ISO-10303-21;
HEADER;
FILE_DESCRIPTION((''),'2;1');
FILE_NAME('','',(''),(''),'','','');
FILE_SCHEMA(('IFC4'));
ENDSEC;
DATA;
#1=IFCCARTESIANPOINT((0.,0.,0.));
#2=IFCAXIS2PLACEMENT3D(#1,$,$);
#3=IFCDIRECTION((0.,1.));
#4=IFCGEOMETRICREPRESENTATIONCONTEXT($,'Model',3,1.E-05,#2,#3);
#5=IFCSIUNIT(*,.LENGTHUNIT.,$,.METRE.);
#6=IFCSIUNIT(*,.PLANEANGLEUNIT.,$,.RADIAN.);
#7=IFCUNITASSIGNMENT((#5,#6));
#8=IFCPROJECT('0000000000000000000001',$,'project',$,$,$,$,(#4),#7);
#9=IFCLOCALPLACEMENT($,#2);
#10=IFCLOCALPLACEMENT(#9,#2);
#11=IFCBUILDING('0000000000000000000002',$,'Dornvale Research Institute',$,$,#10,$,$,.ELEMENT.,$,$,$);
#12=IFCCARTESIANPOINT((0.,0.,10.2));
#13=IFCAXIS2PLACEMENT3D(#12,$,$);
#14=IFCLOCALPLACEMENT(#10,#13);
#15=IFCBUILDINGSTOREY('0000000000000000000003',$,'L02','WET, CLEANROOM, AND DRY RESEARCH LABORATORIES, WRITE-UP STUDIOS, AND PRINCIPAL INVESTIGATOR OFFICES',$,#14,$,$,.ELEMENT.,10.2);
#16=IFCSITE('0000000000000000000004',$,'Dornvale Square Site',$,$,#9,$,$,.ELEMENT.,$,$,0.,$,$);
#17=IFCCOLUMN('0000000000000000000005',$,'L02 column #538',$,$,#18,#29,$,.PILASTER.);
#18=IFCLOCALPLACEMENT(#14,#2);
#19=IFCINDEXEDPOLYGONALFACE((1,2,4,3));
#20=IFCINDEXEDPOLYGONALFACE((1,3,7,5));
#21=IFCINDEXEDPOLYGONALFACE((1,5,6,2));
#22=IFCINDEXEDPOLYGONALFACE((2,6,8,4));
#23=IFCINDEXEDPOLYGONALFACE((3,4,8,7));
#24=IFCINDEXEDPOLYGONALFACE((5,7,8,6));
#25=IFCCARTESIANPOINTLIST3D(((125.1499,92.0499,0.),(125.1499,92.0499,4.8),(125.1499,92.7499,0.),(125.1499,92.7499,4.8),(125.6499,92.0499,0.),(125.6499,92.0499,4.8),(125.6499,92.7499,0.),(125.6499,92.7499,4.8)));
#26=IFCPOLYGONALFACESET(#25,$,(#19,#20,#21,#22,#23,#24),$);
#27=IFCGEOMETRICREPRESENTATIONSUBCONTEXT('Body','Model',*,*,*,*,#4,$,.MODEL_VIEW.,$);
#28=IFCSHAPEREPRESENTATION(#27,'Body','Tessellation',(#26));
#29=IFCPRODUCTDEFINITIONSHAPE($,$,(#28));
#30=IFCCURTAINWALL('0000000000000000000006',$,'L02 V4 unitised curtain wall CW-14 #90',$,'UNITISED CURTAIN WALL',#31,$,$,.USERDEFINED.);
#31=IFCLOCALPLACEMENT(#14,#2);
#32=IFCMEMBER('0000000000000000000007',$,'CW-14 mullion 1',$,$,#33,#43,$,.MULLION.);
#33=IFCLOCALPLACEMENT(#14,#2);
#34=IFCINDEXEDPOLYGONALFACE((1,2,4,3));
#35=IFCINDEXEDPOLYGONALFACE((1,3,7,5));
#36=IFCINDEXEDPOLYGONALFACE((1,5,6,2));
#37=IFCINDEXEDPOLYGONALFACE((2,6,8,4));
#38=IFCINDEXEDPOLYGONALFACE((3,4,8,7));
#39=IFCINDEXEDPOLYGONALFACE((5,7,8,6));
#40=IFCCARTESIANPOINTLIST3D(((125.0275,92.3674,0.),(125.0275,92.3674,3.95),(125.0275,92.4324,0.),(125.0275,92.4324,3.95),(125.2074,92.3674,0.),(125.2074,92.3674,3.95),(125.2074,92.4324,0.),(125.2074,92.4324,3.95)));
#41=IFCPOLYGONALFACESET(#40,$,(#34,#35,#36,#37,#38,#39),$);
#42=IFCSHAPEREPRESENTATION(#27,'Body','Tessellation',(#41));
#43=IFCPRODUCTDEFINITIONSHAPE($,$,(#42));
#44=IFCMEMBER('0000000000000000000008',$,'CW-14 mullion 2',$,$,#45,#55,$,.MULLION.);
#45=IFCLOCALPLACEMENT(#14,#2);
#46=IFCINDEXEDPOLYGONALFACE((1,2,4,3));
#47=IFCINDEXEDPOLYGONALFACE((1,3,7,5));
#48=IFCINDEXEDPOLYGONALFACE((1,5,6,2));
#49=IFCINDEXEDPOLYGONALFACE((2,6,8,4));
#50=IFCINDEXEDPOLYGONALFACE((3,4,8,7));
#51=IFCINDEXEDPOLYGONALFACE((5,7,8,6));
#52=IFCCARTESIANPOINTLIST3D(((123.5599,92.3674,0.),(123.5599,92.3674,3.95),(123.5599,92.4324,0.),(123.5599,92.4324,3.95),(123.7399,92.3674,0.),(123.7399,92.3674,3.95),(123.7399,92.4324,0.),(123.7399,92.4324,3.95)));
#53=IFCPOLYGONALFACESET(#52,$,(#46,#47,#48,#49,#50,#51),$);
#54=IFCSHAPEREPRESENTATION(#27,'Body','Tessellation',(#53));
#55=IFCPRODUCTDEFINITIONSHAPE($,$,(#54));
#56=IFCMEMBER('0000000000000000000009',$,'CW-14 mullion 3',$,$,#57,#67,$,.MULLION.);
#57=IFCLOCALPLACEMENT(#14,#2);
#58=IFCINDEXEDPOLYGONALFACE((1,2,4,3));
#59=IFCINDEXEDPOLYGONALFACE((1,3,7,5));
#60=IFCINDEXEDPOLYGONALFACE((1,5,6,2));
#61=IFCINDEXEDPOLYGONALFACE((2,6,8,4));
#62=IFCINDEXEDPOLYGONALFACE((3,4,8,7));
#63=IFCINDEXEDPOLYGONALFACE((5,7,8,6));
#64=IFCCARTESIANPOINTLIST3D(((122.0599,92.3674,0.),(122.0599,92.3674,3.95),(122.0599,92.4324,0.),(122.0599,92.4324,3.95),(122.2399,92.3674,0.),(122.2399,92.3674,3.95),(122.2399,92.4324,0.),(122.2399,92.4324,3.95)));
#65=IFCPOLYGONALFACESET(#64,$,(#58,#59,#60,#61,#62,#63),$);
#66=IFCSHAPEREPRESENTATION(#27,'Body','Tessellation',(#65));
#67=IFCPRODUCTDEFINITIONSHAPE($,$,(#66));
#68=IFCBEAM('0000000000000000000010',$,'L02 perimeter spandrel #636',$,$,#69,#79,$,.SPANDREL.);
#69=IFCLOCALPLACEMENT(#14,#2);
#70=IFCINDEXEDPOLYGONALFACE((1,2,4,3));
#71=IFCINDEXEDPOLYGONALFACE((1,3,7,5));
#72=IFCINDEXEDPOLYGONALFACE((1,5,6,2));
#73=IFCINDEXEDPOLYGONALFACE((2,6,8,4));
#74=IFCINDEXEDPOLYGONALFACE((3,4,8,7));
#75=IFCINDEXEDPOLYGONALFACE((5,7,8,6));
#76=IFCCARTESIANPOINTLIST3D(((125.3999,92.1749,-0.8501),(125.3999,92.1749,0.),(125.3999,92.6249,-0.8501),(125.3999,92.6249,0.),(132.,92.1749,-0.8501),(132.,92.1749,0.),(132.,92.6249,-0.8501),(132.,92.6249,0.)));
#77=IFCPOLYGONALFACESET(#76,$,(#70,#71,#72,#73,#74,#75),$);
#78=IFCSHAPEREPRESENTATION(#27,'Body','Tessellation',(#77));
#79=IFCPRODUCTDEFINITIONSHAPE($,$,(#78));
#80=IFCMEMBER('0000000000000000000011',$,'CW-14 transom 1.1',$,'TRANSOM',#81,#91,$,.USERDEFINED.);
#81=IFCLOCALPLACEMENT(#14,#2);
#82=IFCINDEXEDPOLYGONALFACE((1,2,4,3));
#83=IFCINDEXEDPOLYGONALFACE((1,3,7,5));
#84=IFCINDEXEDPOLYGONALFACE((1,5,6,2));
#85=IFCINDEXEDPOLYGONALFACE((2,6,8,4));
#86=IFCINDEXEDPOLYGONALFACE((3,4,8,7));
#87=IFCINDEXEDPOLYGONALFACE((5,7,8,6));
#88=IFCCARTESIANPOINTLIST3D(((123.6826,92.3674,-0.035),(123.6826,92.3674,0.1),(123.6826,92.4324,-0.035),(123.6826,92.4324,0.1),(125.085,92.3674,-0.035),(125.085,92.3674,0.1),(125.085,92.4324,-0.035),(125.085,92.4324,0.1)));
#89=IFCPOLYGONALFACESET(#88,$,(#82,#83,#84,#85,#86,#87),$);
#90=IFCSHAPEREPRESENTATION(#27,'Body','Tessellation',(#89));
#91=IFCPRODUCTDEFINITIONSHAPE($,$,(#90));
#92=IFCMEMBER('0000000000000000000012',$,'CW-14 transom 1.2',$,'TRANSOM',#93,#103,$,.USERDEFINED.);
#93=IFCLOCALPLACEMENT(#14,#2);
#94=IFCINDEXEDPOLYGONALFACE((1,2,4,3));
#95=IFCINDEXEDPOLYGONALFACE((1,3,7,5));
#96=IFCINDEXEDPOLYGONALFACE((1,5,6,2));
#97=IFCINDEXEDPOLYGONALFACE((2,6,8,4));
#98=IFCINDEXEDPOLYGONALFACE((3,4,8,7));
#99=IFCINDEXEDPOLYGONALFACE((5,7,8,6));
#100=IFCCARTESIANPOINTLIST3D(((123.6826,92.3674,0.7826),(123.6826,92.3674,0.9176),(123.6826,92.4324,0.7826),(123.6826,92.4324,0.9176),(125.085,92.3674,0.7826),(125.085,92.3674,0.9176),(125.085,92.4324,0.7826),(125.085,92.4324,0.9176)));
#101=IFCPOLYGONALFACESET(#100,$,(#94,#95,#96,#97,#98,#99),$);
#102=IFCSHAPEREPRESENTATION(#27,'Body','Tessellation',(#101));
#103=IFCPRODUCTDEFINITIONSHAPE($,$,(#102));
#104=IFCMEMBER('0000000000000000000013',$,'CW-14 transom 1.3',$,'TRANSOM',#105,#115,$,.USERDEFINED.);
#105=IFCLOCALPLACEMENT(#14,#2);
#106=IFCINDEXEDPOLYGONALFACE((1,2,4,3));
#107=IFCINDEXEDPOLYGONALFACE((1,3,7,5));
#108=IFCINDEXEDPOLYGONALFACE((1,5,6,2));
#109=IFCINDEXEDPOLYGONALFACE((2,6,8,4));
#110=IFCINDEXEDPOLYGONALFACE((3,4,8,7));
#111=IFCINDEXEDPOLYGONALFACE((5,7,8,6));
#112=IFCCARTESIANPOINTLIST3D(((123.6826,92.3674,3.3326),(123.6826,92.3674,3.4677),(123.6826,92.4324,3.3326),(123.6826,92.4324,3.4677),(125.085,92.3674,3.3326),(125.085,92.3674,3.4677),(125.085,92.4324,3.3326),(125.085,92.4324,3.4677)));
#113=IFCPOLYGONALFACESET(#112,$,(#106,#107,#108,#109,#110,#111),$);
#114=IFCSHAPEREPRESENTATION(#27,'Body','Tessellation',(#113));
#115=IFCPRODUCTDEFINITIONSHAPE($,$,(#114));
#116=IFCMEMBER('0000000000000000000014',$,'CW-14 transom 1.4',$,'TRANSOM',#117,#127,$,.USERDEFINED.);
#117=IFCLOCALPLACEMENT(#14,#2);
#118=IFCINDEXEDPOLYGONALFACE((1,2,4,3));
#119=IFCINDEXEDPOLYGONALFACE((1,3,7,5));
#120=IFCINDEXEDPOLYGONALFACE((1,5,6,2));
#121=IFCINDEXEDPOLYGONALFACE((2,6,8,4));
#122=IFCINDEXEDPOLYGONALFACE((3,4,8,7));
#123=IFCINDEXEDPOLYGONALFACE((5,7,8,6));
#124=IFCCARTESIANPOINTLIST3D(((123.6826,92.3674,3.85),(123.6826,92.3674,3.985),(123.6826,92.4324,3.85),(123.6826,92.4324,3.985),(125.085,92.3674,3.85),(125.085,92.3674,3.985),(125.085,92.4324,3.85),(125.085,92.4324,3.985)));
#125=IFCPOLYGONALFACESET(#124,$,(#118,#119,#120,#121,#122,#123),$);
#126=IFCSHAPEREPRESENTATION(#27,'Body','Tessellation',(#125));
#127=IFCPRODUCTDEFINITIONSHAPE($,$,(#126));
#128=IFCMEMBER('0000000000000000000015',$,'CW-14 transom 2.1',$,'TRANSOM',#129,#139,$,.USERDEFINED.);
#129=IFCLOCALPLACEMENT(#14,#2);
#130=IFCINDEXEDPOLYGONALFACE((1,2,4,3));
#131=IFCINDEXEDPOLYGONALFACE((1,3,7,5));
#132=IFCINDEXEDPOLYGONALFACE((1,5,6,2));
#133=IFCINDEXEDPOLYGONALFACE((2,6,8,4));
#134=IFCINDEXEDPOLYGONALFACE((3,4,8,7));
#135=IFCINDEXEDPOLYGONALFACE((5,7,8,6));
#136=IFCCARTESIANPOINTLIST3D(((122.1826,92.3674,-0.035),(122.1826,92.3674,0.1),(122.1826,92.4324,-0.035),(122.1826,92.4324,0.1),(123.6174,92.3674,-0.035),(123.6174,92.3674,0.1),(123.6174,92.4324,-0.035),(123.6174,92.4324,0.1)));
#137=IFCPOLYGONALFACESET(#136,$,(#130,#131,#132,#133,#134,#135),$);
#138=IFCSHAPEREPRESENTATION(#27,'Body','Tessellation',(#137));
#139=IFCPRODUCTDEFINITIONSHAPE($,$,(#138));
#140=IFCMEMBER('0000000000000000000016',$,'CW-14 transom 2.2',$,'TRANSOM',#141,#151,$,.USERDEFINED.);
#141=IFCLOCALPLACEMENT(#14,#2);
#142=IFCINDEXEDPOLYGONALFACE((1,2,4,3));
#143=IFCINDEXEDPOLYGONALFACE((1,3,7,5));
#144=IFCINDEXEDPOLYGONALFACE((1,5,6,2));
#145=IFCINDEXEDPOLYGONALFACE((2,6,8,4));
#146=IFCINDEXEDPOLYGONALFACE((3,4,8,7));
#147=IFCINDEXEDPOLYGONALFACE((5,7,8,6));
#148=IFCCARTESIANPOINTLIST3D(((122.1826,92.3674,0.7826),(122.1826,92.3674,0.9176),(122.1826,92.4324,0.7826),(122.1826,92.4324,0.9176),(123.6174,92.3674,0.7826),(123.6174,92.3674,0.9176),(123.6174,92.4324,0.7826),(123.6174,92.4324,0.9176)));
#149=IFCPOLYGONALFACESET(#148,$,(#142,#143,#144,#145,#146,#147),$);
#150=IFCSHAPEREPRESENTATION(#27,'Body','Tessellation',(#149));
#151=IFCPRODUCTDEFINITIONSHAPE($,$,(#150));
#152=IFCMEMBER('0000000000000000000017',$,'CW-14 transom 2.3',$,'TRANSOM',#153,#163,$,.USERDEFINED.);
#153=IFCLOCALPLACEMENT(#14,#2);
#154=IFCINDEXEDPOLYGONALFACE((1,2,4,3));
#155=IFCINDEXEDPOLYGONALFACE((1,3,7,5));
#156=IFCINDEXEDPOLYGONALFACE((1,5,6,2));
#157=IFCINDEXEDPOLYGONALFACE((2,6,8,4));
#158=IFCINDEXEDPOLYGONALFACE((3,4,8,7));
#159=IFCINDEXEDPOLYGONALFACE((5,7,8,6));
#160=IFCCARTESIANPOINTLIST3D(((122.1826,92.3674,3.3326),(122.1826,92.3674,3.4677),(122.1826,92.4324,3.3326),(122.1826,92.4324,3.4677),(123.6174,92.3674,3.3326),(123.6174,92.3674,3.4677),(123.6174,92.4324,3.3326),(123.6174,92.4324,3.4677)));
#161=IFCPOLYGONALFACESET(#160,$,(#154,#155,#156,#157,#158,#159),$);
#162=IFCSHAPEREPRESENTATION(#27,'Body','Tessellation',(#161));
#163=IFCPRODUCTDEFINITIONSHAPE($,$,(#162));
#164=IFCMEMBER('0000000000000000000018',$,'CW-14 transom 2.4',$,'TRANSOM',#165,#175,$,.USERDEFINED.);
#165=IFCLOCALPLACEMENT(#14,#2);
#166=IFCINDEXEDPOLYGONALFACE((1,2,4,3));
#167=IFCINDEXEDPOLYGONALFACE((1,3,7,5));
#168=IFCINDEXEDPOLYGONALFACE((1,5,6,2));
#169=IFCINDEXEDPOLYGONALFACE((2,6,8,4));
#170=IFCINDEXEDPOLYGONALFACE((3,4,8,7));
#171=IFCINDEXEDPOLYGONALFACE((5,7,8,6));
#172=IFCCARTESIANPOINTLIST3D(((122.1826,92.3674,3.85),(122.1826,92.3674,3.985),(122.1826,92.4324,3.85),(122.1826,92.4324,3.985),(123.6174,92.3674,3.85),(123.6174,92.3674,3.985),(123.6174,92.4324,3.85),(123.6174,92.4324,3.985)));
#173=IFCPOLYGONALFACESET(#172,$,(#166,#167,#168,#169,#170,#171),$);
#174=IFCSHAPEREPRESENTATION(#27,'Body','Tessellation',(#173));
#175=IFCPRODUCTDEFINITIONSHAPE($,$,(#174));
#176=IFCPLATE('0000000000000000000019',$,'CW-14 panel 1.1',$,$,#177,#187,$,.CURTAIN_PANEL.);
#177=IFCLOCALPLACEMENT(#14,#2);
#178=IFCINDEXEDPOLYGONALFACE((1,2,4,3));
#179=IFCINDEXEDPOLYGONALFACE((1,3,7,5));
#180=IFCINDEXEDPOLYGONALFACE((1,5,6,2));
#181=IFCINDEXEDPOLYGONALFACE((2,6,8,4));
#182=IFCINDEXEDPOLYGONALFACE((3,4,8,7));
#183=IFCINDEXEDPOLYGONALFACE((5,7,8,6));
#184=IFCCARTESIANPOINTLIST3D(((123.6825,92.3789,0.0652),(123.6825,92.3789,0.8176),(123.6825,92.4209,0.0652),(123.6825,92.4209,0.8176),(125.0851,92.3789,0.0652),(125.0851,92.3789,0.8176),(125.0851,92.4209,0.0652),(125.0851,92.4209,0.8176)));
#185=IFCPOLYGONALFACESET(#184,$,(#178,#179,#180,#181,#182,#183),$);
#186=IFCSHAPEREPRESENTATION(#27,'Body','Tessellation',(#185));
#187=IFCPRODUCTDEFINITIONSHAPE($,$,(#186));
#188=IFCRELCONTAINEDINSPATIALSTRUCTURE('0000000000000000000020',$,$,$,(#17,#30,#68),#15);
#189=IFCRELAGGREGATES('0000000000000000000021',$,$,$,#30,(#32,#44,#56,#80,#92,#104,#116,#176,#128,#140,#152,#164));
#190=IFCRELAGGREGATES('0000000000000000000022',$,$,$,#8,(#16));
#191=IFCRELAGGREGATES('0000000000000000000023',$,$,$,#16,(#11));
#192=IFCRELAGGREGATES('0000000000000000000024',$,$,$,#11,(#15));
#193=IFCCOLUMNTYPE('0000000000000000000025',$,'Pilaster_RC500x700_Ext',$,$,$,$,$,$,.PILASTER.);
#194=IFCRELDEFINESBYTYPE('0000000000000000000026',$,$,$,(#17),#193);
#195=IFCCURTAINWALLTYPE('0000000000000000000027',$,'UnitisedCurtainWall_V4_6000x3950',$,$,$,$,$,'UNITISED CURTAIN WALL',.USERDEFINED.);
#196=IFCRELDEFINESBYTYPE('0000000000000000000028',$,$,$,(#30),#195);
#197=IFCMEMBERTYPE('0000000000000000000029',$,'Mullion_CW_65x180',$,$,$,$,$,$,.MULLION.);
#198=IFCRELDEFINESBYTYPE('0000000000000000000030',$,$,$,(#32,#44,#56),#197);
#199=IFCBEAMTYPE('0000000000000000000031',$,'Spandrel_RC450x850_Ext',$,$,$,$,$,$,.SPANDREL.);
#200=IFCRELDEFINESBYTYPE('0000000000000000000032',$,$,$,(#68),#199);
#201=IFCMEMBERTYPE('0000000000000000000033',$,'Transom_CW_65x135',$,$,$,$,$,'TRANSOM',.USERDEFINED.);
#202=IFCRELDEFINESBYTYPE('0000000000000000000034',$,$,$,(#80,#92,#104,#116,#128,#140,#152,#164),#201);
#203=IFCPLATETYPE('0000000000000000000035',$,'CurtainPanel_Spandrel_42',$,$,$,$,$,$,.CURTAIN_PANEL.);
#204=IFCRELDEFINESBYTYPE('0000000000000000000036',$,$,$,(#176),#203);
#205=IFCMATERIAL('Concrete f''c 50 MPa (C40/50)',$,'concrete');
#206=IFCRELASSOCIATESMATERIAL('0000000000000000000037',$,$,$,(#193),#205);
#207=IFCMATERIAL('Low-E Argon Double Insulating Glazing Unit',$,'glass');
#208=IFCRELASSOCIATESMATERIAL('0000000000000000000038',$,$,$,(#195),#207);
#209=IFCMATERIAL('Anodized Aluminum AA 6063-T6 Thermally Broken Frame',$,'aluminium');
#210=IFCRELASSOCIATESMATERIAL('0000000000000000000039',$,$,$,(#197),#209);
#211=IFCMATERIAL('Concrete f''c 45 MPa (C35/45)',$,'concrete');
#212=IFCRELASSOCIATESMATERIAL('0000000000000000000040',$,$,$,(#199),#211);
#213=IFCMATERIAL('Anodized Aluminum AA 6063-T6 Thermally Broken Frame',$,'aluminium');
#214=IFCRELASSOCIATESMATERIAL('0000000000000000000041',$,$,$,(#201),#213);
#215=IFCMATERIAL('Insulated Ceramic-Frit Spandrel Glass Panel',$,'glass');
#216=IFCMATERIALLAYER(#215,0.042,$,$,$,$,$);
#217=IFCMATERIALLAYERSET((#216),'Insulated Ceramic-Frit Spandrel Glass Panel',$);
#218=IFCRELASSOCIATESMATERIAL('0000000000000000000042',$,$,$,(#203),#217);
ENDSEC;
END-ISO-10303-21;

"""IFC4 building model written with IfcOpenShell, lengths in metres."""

from ifc_helpers import new_model, si_unit, direction, frame, origin, origin_2d, place, context, subcontext, project, spatial, rectangle, extrude, material, layer, layer_set, material_profile, profile_set, type_object, element, aggregate, save


model = new_model("IFC4")

# Units and contexts
model_context = context("Model", 3, precision=1e-05, world=origin(), true_north=direction((0.0, 1.0)))
body_context = subcontext(model_context, "Body", "Model", "MODEL_VIEW")
ifc_project = project(units=[si_unit("LENGTHUNIT", "METRE"), si_unit("PLANEANGLEUNIT", "RADIAN")], contexts=[model_context])

# Site, building, storey
site_placement = place(None, origin())
site = spatial("IfcSite", under=ifc_project, at=site_placement, Name="Dornvale Square Site", CompositionType="ELEMENT", RefElevation=0.0)
building_placement = place(site_placement, origin())
building = spatial("IfcBuilding", under=site, at=building_placement, Name="Dornvale Research Institute", CompositionType="ELEMENT")
storey_placement = place(building_placement, frame((0.0, 0.0, 10.2)))
storey = spatial("IfcBuildingStorey", under=building, at=storey_placement, Name="L02", Description="WET, CLEANROOM, AND DRY RESEARCH LABORATORIES, WRITE-UP STUDIOS, AND PRINCIPAL INVESTIGATOR OFFICES", CompositionType="ELEMENT", Elevation=10.2)

# Column
ifc_material_1 = material(Name="Concrete f'c 50 MPa (C40/50)", Category="concrete")
ifc_material_profile_1 = material_profile(ifc_material_1, rectangle(XDim=0.5, YDim=0.7, at=origin_2d()), Name="RC 500x700")
ifc_profile_set_1 = profile_set([ifc_material_profile_1], Name="Concrete f'c 50 MPa (C40/50)")
column_type = type_object("IfcColumnType", Name="Pilaster_RC500x700_Ext", PredefinedType="PILASTER", material=ifc_profile_set_1)
column_placement = place(storey_placement, frame((125.3999, 92.3999, 0.0), z_axis=(0.0, 0.0, 1.0), x_axis=(1.0, 0.0, 0.0)))
element("IfcColumn", 1, at=column_placement, inside=storey, type_object=column_type, Name="L02 column #538", PredefinedType="PILASTER", context=body_context, shape_type="SweptSolid", body=[
    extrude(rectangle(XDim=0.5, YDim=0.7, at=origin_2d()), origin(), (0.0, 0.0, 1.0), 4.8),
])

# Curtain wall, members
ifc_material_2 = material(Name="Low-E Argon Double Insulating Glazing Unit", Category="glass")
curtain_wall_type = type_object("IfcCurtainWallType", Name="UnitisedCurtainWall_V4_6000x3950", ElementType="UNITISED CURTAIN WALL", PredefinedType="USERDEFINED", material=ifc_material_2)
curtain_wall_placement = place(storey_placement, origin())
curtain_wall = element("IfcCurtainWall", 2, at=curtain_wall_placement, inside=storey, type_object=curtain_wall_type, Name="L02 V4 unitised curtain wall CW-14 #90", ObjectType="UNITISED CURTAIN WALL", PredefinedType="USERDEFINED")
ifc_material_3 = material(Name="Anodized Aluminum AA 6063-T6 Thermally Broken Frame", Category="aluminium")
ifc_material_profile_2 = material_profile(ifc_material_3, rectangle(XDim=0.0649, YDim=0.1799, at=origin_2d()), Name="ALU MULLION 65x180")
ifc_profile_set_2 = profile_set([ifc_material_profile_2], Name="Anodized Aluminum AA 6063-T6 Thermally Broken Frame")
member_type_1 = type_object("IfcMemberType", Name="Mullion_CW_65x180", PredefinedType="MULLION", material=ifc_profile_set_2)
member_1_placement = place(storey_placement, frame((125.1174, 92.3999, 0.0), z_axis=(0.0, 0.0, 1.0), x_axis=(0.0, -1.0, 0.0)))
member_1 = element("IfcMember", 3, at=member_1_placement, type_object=member_type_1, Name="CW-14 mullion 1", PredefinedType="MULLION", context=body_context, shape_type="SweptSolid", body=[
    extrude(rectangle(XDim=0.0649, YDim=0.1799, at=origin_2d()), origin(), (0.0, 0.0, 1.0), 3.95),
])
member_2_placement = place(storey_placement, frame((123.6499, 92.3999, 0.0), z_axis=(0.0, 0.0, 1.0), x_axis=(0.0, -1.0, 0.0)))
member_2 = element("IfcMember", 4, at=member_2_placement, type_object=member_type_1, Name="CW-14 mullion 2", PredefinedType="MULLION", context=body_context, shape_type="SweptSolid", body=[
    extrude(rectangle(XDim=0.0649, YDim=0.1799, at=origin_2d()), origin(), (0.0, 0.0, 1.0), 3.95),
])
member_3_placement = place(storey_placement, frame((122.1499, 92.3999, 0.0), z_axis=(0.0, 0.0, 1.0), x_axis=(0.0, -1.0, 0.0)))
member_3 = element("IfcMember", 5, at=member_3_placement, type_object=member_type_1, Name="CW-14 mullion 3", PredefinedType="MULLION", context=body_context, shape_type="SweptSolid", body=[
    extrude(rectangle(XDim=0.0649, YDim=0.1799, at=origin_2d()), origin(), (0.0, 0.0, 1.0), 3.95),
])

# Beam
ifc_material_4 = material(Name="Concrete f'c 45 MPa (C35/45)", Category="concrete")
ifc_material_profile_3 = material_profile(ifc_material_4, rectangle(XDim=0.45, YDim=0.8501, at=origin_2d()), Name="RC 450x850")
ifc_profile_set_3 = profile_set([ifc_material_profile_3], Name="Concrete f'c 45 MPa (C35/45)")
beam_type = type_object("IfcBeamType", Name="Spandrel_RC450x850_Ext", PredefinedType="SPANDREL", material=ifc_profile_set_3)
beam_placement = place(storey_placement, frame((125.3999, 92.3999, -0.425), z_axis=(1.0, 0.0, 0.0), x_axis=(0.0, 1.0, 0.0)))
element("IfcBeam", 6, at=beam_placement, inside=storey, type_object=beam_type, Name="L02 perimeter spandrel #636", PredefinedType="SPANDREL", context=body_context, shape_type="SweptSolid", body=[
    extrude(rectangle(XDim=0.45, YDim=0.8501, at=origin_2d()), origin(), (0.0, 0.0, 1.0), 6.6001),
])

# Members
ifc_material_5 = material(Name="Anodized Aluminum AA 6063-T6 Thermally Broken Frame", Category="aluminium")
ifc_material_profile_4 = material_profile(ifc_material_5, rectangle(XDim=0.0649, YDim=0.135, at=origin_2d()), Name="ALU TRANSOM 65x135")
ifc_profile_set_4 = profile_set([ifc_material_profile_4], Name="Anodized Aluminum AA 6063-T6 Thermally Broken Frame")
member_type_2 = type_object("IfcMemberType", Name="Transom_CW_65x135", ElementType="TRANSOM", PredefinedType="USERDEFINED", material=ifc_profile_set_4)
member_4_placement = place(storey_placement, frame((125.085, 92.3999, 0.0325), z_axis=(-1.0, 0.0, 0.0), x_axis=(0.0, -1.0, 0.0)))
member_4 = element("IfcMember", 7, at=member_4_placement, type_object=member_type_2, Name="CW-14 transom 1.1", ObjectType="TRANSOM", PredefinedType="USERDEFINED", context=body_context, shape_type="SweptSolid", body=[
    extrude(rectangle(XDim=0.0649, YDim=0.135, at=origin_2d()), origin(), (0.0, 0.0, 1.0), 1.4023),
])
member_5_placement = place(storey_placement, frame((125.085, 92.3999, 0.8501), z_axis=(-1.0, 0.0, 0.0), x_axis=(0.0, -1.0, 0.0)))
member_5 = element("IfcMember", 8, at=member_5_placement, type_object=member_type_2, Name="CW-14 transom 1.2", ObjectType="TRANSOM", PredefinedType="USERDEFINED", context=body_context, shape_type="SweptSolid", body=[
    extrude(rectangle(XDim=0.0649, YDim=0.135, at=origin_2d()), origin(), (0.0, 0.0, 1.0), 1.4023),
])
member_6_placement = place(storey_placement, frame((125.085, 92.3999, 3.4001), z_axis=(-1.0, 0.0, 0.0), x_axis=(0.0, -1.0, 0.0)))
member_6 = element("IfcMember", 9, at=member_6_placement, type_object=member_type_2, Name="CW-14 transom 1.3", ObjectType="TRANSOM", PredefinedType="USERDEFINED", context=body_context, shape_type="SweptSolid", body=[
    extrude(rectangle(XDim=0.0649, YDim=0.135, at=origin_2d()), origin(), (0.0, 0.0, 1.0), 1.4023),
])
member_7_placement = place(storey_placement, frame((125.085, 92.3999, 3.9175), z_axis=(-1.0, 0.0, 0.0), x_axis=(0.0, -1.0, 0.0)))
member_7 = element("IfcMember", 10, at=member_7_placement, type_object=member_type_2, Name="CW-14 transom 1.4", ObjectType="TRANSOM", PredefinedType="USERDEFINED", context=body_context, shape_type="SweptSolid", body=[
    extrude(rectangle(XDim=0.0649, YDim=0.135, at=origin_2d()), origin(), (0.0, 0.0, 1.0), 1.4023),
])
member_8_placement = place(storey_placement, frame((123.6174, 92.3999, 0.0325), z_axis=(-1.0, 0.0, 0.0), x_axis=(0.0, -1.0, 0.0)))
member_8 = element("IfcMember", 11, at=member_8_placement, type_object=member_type_2, Name="CW-14 transom 2.1", ObjectType="TRANSOM", PredefinedType="USERDEFINED", context=body_context, shape_type="SweptSolid", body=[
    extrude(rectangle(XDim=0.0649, YDim=0.135, at=origin_2d()), origin(), (0.0, 0.0, 1.0), 1.4348),
])
member_9_placement = place(storey_placement, frame((123.6174, 92.3999, 0.8501), z_axis=(-1.0, 0.0, 0.0), x_axis=(0.0, -1.0, 0.0)))
member_9 = element("IfcMember", 12, at=member_9_placement, type_object=member_type_2, Name="CW-14 transom 2.2", ObjectType="TRANSOM", PredefinedType="USERDEFINED", context=body_context, shape_type="SweptSolid", body=[
    extrude(rectangle(XDim=0.0649, YDim=0.135, at=origin_2d()), origin(), (0.0, 0.0, 1.0), 1.4348),
])
member_10_placement = place(storey_placement, frame((123.6174, 92.3999, 3.4001), z_axis=(-1.0, 0.0, 0.0), x_axis=(0.0, -1.0, 0.0)))
member_10 = element("IfcMember", 13, at=member_10_placement, type_object=member_type_2, Name="CW-14 transom 2.3", ObjectType="TRANSOM", PredefinedType="USERDEFINED", context=body_context, shape_type="SweptSolid", body=[
    extrude(rectangle(XDim=0.0649, YDim=0.135, at=origin_2d()), origin(), (0.0, 0.0, 1.0), 1.4348),
])
member_11_placement = place(storey_placement, frame((123.6174, 92.3999, 3.9175), z_axis=(-1.0, 0.0, 0.0), x_axis=(0.0, -1.0, 0.0)))
member_11 = element("IfcMember", 14, at=member_11_placement, type_object=member_type_2, Name="CW-14 transom 2.4", ObjectType="TRANSOM", PredefinedType="USERDEFINED", context=body_context, shape_type="SweptSolid", body=[
    extrude(rectangle(XDim=0.0649, YDim=0.135, at=origin_2d()), origin(), (0.0, 0.0, 1.0), 1.4348),
])

# Plate
ifc_material_6 = material(Name="Insulated Ceramic-Frit Spandrel Glass Panel", Category="glass")
ifc_layer_1 = layer(ifc_material_6, 0.042)
ifc_layer_set_1 = layer_set([ifc_layer_1], Name="Insulated Ceramic-Frit Spandrel Glass Panel")
plate_type_1 = type_object("IfcPlateType", Name="CurtainPanel_Spandrel_42", PredefinedType="CURTAIN_PANEL", material=ifc_layer_set_1)
plate_1_placement = place(storey_placement, frame((124.3838, 92.3999, 0.0652), z_axis=(0.0, 0.0, 1.0), x_axis=(-1.0, 0.0, 0.0)))
plate_1 = element("IfcPlate", 15, at=plate_1_placement, type_object=plate_type_1, Name="CW-14 panel 1.1", PredefinedType="CURTAIN_PANEL", context=body_context, shape_type="SweptSolid", body=[
    extrude(rectangle(XDim=1.4026, YDim=0.042, at=origin_2d()), origin(), (0.0, 0.0, 1.0), 0.7524),
])
aggregate(curtain_wall, [member_1, member_2, member_3, member_4, member_5, member_6, member_7, plate_1, member_8, member_9, member_10, member_11])

save(model, "model.ifc")
